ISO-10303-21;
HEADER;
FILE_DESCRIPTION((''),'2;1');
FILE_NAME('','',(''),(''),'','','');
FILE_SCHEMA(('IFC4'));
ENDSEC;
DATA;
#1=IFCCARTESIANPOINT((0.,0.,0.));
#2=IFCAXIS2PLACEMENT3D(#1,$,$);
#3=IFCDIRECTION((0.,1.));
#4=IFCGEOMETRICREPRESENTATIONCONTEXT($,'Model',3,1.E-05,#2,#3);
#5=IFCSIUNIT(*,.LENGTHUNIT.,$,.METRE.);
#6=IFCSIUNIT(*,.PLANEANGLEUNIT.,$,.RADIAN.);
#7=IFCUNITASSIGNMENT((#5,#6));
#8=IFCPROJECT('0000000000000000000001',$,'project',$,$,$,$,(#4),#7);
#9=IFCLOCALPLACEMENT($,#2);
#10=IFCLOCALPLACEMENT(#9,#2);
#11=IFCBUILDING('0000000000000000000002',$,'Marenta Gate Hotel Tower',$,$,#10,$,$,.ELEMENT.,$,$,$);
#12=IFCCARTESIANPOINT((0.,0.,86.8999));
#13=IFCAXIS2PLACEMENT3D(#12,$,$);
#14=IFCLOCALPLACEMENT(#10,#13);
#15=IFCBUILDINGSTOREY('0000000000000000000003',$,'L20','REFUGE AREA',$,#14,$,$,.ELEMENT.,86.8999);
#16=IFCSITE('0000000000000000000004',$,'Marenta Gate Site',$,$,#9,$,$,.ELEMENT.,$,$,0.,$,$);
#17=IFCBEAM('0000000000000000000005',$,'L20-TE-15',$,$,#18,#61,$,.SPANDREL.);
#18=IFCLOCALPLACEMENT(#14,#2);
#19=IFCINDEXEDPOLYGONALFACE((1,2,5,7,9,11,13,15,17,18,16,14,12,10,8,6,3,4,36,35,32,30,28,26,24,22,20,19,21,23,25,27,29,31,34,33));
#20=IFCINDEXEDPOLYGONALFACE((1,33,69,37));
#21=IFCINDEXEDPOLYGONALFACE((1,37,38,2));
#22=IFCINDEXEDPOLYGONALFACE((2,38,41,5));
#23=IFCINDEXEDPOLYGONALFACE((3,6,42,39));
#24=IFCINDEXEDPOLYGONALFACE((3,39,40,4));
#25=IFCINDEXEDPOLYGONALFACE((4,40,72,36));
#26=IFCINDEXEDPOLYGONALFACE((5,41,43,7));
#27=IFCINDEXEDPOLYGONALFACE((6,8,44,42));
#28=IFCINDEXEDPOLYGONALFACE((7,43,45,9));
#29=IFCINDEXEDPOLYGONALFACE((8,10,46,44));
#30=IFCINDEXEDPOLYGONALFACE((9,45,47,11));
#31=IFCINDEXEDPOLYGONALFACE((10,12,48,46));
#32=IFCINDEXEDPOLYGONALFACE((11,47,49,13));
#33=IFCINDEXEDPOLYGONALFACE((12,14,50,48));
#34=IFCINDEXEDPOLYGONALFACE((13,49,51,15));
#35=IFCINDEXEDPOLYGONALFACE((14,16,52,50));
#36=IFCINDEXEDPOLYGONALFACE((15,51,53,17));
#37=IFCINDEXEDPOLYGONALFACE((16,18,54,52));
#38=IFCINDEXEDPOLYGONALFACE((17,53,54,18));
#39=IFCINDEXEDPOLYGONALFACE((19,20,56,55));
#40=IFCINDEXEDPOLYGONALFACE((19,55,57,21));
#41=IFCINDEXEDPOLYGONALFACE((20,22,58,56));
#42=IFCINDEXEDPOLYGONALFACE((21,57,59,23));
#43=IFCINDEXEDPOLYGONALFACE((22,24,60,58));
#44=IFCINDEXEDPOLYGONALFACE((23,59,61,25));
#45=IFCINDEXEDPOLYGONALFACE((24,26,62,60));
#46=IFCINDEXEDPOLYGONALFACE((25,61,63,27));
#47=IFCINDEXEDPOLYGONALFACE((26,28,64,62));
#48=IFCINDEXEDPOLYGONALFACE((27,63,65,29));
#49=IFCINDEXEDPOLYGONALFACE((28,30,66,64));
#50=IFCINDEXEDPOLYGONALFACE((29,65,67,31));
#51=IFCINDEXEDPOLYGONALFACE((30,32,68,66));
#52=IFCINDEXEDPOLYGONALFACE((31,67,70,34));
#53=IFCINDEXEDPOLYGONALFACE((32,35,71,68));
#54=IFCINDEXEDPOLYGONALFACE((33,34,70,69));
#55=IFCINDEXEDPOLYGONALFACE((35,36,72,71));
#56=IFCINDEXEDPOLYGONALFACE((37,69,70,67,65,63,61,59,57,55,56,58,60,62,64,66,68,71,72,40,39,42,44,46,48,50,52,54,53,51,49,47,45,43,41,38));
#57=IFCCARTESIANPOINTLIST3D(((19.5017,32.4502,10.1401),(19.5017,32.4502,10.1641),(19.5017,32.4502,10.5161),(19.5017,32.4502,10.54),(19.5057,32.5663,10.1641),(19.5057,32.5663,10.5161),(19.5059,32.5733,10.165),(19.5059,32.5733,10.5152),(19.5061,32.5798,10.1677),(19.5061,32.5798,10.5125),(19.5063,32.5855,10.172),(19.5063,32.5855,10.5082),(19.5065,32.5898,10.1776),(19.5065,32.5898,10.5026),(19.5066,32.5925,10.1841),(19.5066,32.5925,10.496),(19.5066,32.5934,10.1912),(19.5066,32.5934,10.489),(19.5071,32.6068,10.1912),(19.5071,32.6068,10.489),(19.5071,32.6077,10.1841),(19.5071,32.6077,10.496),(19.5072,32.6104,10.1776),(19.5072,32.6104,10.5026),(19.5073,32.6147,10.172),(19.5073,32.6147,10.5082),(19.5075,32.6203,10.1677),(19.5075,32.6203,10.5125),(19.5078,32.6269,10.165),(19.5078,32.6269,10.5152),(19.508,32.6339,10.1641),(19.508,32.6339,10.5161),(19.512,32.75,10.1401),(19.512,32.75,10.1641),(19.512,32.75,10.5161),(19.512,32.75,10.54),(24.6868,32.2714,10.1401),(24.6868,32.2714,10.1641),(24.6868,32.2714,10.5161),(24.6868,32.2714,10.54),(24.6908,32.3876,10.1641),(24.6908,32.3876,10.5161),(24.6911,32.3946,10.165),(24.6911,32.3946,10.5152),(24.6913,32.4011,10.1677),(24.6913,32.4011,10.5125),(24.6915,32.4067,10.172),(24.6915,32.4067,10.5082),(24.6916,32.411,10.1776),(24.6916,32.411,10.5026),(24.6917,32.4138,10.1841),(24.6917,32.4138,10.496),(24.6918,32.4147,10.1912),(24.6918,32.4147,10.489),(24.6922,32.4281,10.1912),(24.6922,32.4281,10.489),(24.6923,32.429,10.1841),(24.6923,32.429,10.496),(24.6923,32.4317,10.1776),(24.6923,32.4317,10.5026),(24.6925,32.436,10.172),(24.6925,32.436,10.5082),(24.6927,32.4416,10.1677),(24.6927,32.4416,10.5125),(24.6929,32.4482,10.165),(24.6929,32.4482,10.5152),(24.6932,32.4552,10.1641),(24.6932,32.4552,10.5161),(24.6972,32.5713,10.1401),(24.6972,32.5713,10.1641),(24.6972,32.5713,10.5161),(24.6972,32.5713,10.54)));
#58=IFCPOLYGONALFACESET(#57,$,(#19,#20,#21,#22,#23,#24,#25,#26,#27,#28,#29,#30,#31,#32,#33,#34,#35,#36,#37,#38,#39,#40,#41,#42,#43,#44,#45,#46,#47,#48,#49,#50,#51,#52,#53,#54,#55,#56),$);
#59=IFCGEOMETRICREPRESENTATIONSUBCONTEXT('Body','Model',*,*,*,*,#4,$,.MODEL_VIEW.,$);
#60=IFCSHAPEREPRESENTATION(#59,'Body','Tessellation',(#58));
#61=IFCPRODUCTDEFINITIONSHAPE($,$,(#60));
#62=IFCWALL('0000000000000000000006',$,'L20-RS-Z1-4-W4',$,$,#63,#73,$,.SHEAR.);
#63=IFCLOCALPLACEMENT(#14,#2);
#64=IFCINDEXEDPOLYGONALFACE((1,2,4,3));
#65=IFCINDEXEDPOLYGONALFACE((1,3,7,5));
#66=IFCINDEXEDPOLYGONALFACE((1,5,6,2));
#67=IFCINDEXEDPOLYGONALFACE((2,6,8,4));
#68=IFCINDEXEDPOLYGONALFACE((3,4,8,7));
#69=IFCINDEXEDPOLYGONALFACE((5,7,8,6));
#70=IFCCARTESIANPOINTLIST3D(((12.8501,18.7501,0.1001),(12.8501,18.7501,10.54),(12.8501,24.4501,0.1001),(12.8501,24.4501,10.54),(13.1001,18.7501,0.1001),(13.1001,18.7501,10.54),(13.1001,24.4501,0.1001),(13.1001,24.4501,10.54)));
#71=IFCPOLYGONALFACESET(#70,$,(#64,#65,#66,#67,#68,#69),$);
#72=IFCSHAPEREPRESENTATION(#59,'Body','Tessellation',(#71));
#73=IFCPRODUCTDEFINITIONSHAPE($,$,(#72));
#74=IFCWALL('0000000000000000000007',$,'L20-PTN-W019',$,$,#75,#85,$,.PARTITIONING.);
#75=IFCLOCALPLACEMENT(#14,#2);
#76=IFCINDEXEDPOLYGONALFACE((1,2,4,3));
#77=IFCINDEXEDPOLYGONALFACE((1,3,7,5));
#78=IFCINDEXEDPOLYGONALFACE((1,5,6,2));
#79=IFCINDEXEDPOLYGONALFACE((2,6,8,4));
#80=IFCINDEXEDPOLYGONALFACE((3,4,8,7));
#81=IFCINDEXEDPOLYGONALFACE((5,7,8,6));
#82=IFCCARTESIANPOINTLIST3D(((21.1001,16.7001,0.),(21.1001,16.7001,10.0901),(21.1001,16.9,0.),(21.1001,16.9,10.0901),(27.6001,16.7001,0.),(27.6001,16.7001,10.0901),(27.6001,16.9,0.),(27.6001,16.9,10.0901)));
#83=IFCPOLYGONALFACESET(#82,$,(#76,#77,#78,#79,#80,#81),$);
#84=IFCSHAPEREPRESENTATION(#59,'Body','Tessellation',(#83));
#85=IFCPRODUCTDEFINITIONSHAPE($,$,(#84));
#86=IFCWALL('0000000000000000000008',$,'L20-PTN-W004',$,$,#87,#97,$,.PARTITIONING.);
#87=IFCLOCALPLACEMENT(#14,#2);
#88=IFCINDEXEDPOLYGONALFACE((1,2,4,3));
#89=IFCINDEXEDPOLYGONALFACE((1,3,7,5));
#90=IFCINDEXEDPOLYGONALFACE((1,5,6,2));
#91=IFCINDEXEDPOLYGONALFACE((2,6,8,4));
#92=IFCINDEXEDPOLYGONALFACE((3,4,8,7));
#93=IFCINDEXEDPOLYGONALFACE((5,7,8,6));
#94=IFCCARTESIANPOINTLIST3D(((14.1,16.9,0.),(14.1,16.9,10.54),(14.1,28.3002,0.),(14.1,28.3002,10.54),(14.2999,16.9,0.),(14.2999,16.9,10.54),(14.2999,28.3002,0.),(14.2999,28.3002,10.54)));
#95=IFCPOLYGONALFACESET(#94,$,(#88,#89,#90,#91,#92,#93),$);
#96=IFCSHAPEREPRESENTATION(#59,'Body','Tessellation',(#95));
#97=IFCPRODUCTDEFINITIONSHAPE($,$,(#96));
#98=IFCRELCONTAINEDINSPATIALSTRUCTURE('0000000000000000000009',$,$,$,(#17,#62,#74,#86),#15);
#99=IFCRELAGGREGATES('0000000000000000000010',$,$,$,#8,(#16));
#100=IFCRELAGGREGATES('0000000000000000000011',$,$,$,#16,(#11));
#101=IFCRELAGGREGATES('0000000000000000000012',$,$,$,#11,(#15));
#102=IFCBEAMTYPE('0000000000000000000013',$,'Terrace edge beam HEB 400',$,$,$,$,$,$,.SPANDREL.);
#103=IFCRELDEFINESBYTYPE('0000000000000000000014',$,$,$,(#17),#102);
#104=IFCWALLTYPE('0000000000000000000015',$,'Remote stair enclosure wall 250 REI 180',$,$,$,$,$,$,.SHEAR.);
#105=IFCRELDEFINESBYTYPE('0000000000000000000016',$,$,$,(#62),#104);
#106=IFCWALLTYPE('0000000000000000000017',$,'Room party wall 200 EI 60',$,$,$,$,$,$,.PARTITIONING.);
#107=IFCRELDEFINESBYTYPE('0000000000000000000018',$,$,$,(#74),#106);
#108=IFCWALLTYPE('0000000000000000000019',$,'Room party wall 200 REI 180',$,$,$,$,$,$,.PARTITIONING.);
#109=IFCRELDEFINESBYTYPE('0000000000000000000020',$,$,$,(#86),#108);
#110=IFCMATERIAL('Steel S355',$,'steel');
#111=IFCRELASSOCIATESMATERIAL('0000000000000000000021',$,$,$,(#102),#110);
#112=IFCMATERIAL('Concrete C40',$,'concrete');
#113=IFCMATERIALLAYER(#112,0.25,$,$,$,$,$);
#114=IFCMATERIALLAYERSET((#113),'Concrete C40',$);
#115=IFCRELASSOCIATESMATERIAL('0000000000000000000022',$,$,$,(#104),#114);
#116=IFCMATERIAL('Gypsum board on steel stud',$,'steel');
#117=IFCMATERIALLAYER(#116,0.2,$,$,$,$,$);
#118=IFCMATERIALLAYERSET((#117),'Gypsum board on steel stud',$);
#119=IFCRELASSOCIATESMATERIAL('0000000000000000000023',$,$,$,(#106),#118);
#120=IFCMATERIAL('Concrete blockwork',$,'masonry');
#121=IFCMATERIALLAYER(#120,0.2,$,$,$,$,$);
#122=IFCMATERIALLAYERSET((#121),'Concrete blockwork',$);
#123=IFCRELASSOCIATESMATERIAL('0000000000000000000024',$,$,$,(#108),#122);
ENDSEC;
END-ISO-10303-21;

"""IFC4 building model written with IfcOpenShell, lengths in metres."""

from ifc_helpers import new_model, si_unit, direction, frame, frame_2d, origin, origin_2d, place, context, subcontext, project, spatial, rectangle, i_section, extrude, material, layer, layer_set, material_profile, profile_set, type_object, element, save


model = new_model("IFC4")

# Units and contexts
model_context = context("Model", 3, precision=1e-05, world=origin(), true_north=direction((0.0, 1.0)))
body_context = subcontext(model_context, "Body", "Model", "MODEL_VIEW")
ifc_project = project(units=[si_unit("LENGTHUNIT", "METRE"), si_unit("PLANEANGLEUNIT", "RADIAN")], contexts=[model_context])

# Site, building, storey
site_placement = place(None, origin())
site = spatial("IfcSite", under=ifc_project, at=site_placement, Name="Marenta Gate Site", CompositionType="ELEMENT", RefElevation=0.0)
building_placement = place(site_placement, origin())
building = spatial("IfcBuilding", under=site, at=building_placement, Name="Marenta Gate Hotel Tower", CompositionType="ELEMENT")
storey_placement = place(building_placement, frame((0.0, 0.0, 86.8999)))
storey = spatial("IfcBuildingStorey", under=building, at=storey_placement, Name="L20", Description="REFUGE AREA", CompositionType="ELEMENT", Elevation=86.8999)

# Beam
ifc_material_1 = material(Name="Steel S355", Category="steel")
ifc_material_profile_1 = material_profile(ifc_material_1, i_section(OverallWidth=0.3, OverallDepth=0.3999, WebThickness=0.0134, FlangeThickness=0.0239, FilletRadius=0.0271, at=origin_2d()), Name="HEB 400")
ifc_profile_set_1 = profile_set([ifc_material_profile_1], Name="Steel S355")
beam_type_1 = type_object("IfcBeamType", Name="Terrace edge beam HEB 400", PredefinedType="SPANDREL", material=ifc_profile_set_1)
beam_1_placement = place(storey_placement, frame((19.5068, 32.6001, 10.3401), z_axis=(0.999407, -0.034446, 0.0), x_axis=(0.034446, 0.999407, 0.0)))
element("IfcBeam", 1, at=beam_1_placement, inside=storey, type_object=beam_type_1, Name="L20-TE-15", PredefinedType="SPANDREL", context=body_context, shape_type="SweptSolid", body=[
    extrude(i_section(OverallWidth=0.3, OverallDepth=0.3999, WebThickness=0.0134, FlangeThickness=0.0239, FilletRadius=0.0271, at=origin_2d()), origin(), (0.0, 0.0, 1.0), 5.1882),
])

# Wall
ifc_material_2 = material(Name="Concrete C40", Category="concrete")
ifc_layer_1 = layer(ifc_material_2, 0.25)
ifc_layer_set_1 = layer_set([ifc_layer_1], Name="Concrete C40")
wall_type_1 = type_object("IfcWallType", Name="Remote stair enclosure wall 250 REI 180", PredefinedType="SHEAR", material=ifc_layer_set_1)
wall_1_placement = place(storey_placement, frame((12.9751, 18.75, 0.1001), z_axis=(0.0, 0.0, 1.0), x_axis=(0.0, 1.0, 0.0)))
element("IfcWall", 2, at=wall_1_placement, inside=storey, type_object=wall_type_1, Name="L20-RS-Z1-4-W4", PredefinedType="SHEAR", context=body_context, shape_type="SweptSolid", body=[
    extrude(rectangle(XDim=5.7, YDim=0.25, at=frame_2d((2.8501, 0.0))), origin(), (0.0, 0.0, 1.0), 10.4399),
])

# Walls
ifc_material_3 = material(Name="Gypsum board on steel stud", Category="steel")
ifc_layer_2 = layer(ifc_material_3, 0.2)
ifc_layer_set_2 = layer_set([ifc_layer_2], Name="Gypsum board on steel stud")
wall_type_2 = type_object("IfcWallType", Name="Room party wall 200 EI 60", PredefinedType="PARTITIONING", material=ifc_layer_set_2)
wall_2_placement = place(storey_placement, frame((21.1001, 16.8, 0.0), z_axis=(0.0, 0.0, 1.0), x_axis=(1.0, 0.0, 0.0)))
element("IfcWall", 3, at=wall_2_placement, inside=storey, type_object=wall_type_2, Name="L20-PTN-W019", PredefinedType="PARTITIONING", context=body_context, shape_type="SweptSolid", body=[
    extrude(rectangle(XDim=6.5, YDim=0.2, at=frame_2d((3.25, 0.0))), origin(), (0.0, 0.0, 1.0), 10.0901),
])
ifc_material_4 = material(Name="Concrete blockwork", Category="masonry")
ifc_layer_3 = layer(ifc_material_4, 0.2)
ifc_layer_set_3 = layer_set([ifc_layer_3], Name="Concrete blockwork")
wall_type_3 = type_object("IfcWallType", Name="Room party wall 200 REI 180", PredefinedType="PARTITIONING", material=ifc_layer_set_3)
wall_3_placement = place(storey_placement, frame((14.2, 16.8999, 0.0), z_axis=(0.0, 0.0, 1.0), x_axis=(0.0, 1.0, 0.0)))
element("IfcWall", 4, at=wall_3_placement, inside=storey, type_object=wall_type_3, Name="L20-PTN-W004", PredefinedType="PARTITIONING", context=body_context, shape_type="SweptSolid", body=[
    extrude(rectangle(XDim=11.4001, YDim=0.2, at=frame_2d((5.7002, 0.0))), origin(), (0.0, 0.0, 1.0), 10.54),
])

save(model, "model.ifc")
